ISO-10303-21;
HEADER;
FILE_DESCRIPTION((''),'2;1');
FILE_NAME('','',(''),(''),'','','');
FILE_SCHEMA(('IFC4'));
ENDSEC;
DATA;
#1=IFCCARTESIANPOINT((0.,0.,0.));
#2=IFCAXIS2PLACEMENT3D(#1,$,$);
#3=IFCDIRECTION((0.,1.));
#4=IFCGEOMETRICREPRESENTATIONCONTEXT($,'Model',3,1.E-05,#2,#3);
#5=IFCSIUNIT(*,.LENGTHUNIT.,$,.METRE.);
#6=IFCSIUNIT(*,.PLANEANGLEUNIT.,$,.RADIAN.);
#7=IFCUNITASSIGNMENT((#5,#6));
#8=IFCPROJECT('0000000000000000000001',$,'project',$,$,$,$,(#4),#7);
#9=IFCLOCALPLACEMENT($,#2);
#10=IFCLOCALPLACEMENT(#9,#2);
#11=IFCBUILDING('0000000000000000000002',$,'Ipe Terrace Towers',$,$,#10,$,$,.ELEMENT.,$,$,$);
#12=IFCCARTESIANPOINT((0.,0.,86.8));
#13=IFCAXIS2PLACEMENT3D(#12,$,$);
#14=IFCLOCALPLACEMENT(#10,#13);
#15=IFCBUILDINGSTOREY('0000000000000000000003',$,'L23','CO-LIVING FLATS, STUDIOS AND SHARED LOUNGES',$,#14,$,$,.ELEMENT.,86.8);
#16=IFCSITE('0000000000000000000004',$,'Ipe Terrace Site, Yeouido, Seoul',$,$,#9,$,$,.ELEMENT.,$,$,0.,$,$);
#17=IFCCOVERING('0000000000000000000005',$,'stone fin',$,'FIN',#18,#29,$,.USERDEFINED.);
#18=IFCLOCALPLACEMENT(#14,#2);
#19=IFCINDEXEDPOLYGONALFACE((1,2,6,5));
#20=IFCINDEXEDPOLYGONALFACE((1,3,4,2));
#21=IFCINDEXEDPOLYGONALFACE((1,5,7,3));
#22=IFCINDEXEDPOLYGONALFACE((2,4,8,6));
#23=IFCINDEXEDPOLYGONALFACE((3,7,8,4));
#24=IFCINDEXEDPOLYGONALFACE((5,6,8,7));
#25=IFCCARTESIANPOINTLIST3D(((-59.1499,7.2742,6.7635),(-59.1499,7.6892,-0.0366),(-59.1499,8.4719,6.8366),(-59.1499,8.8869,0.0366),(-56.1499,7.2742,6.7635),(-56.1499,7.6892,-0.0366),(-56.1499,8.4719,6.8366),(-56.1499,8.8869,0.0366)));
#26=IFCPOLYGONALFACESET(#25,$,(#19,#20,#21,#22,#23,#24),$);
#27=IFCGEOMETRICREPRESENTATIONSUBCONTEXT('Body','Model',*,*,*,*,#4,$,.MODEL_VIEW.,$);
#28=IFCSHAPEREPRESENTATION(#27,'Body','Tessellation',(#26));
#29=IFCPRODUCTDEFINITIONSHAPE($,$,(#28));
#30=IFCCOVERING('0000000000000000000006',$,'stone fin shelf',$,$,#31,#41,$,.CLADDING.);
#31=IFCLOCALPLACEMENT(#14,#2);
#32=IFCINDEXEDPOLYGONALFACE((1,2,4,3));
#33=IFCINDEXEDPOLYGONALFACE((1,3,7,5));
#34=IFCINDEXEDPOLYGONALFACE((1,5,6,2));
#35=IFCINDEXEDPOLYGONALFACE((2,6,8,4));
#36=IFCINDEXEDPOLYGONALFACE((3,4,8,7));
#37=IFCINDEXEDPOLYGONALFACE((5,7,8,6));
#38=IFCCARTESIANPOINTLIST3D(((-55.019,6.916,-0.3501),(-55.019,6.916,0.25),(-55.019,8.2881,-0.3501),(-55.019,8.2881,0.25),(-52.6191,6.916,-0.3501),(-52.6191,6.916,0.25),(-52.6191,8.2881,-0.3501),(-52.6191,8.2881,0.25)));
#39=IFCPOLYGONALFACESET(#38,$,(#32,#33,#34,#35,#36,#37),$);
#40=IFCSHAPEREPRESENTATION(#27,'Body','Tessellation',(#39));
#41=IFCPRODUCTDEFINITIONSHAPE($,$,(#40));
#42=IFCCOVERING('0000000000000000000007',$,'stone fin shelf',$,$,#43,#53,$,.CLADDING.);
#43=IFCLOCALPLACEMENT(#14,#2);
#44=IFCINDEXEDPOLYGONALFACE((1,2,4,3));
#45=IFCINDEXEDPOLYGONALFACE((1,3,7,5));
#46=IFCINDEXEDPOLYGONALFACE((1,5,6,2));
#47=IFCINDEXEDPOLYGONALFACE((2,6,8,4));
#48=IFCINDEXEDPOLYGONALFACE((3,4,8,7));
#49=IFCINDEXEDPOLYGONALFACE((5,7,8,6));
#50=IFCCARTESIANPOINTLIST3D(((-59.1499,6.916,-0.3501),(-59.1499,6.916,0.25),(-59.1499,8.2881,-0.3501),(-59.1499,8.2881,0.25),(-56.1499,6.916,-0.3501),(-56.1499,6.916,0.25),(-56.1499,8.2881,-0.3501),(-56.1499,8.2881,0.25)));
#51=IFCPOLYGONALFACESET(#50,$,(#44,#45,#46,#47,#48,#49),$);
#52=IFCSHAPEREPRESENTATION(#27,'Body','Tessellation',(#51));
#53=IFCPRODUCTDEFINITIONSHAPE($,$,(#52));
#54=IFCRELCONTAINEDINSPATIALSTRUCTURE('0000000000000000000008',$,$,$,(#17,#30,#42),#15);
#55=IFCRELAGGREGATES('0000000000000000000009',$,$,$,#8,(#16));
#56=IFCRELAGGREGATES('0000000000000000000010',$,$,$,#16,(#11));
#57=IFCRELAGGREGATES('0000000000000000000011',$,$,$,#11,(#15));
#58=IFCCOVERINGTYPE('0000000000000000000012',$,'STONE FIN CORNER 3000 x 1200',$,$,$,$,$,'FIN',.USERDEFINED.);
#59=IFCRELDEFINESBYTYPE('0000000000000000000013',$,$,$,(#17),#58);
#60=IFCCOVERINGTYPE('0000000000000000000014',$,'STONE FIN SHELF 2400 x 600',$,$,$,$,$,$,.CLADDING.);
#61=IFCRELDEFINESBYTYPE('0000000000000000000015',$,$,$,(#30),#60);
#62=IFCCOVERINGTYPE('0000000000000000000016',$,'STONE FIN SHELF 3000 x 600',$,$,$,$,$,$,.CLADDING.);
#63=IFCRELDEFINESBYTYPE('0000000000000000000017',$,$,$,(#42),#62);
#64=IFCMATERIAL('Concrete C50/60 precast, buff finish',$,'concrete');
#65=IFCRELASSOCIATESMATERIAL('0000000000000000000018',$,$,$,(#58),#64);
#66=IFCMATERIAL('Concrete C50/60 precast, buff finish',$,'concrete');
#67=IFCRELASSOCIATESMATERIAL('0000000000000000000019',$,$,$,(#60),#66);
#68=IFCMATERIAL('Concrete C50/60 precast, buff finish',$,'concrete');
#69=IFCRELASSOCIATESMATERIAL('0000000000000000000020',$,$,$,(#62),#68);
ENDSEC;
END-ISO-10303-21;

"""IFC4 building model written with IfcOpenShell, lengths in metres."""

from ifc_helpers import new_model, si_unit, direction, frame, origin, origin_2d, place, context, subcontext, project, spatial, rectangle, extrude, material, material_profile, profile_set, type_object, element, save


model = new_model("IFC4")

# Units and contexts
model_context = context("Model", 3, precision=1e-05, world=origin(), true_north=direction((0.0, 1.0)))
body_context = subcontext(model_context, "Body", "Model", "MODEL_VIEW")
ifc_project = project(units=[si_unit("LENGTHUNIT", "METRE"), si_unit("PLANEANGLEUNIT", "RADIAN")], contexts=[model_context])

# Site, building, storey
site_placement = place(None, origin())
site = spatial("IfcSite", under=ifc_project, at=site_placement, Name="Ipe Terrace Site, Yeouido, Seoul", CompositionType="ELEMENT", RefElevation=0.0)
building_placement = place(site_placement, origin())
building = spatial("IfcBuilding", under=site, at=building_placement, Name="Ipe Terrace Towers", CompositionType="ELEMENT")
storey_placement = place(building_placement, frame((0.0, 0.0, 86.8)))
storey = spatial("IfcBuildingStorey", under=building, at=storey_placement, Name="L23", Description="CO-LIVING FLATS, STUDIOS AND SHARED LOUNGES", CompositionType="ELEMENT", Elevation=86.8)

# Coverings
ifc_material_1 = material(Name="Concrete C50/60 precast, buff finish", Category="concrete")
ifc_material_profile_1 = material_profile(ifc_material_1, rectangle(XDim=3.0, YDim=1.2, at=origin_2d()), Name="STONE FIN CORNER 3000 x 1200")
ifc_profile_set_1 = profile_set([ifc_material_profile_1], Name="Concrete C50/60 precast, buff finish")
covering_type_1 = type_object("IfcCoveringType", Name="STONE FIN CORNER 3000 x 1200", ElementType="FIN", PredefinedType="USERDEFINED", material=ifc_profile_set_1)
covering_1_placement = place(storey_placement, frame((-57.6499, 8.2881, 0.0), z_axis=(0.0, -0.060921, 0.998143), x_axis=(-1.0, 0.0, 0.0)))
element("IfcCovering", 1, at=covering_1_placement, inside=storey, type_object=covering_type_1, Name="stone fin", ObjectType="FIN", PredefinedType="USERDEFINED", context=body_context, shape_type="SweptSolid", body=[
    extrude(rectangle(XDim=3.0, YDim=1.2, at=origin_2d()), origin(), (0.0, 0.0, 1.0), 6.8127),
])
ifc_material_2 = material(Name="Concrete C50/60 precast, buff finish", Category="concrete")
covering_type_2 = type_object("IfcCoveringType", Name="STONE FIN SHELF 2400 x 600", PredefinedType="CLADDING", material=ifc_material_2)
covering_2_placement = place(storey_placement, frame((-53.8191, 7.6021, -0.3501), z_axis=(0.0, 0.0, 1.0), x_axis=(-1.0, 0.0, 0.0)))
element("IfcCovering", 2, at=covering_2_placement, inside=storey, type_object=covering_type_2, Name="stone fin shelf", PredefinedType="CLADDING", context=body_context, shape_type="SweptSolid", body=[
    extrude(rectangle(XDim=2.3999, YDim=1.3721, at=origin_2d()), origin(), (0.0, 0.0, 1.0), 0.6001),
])
ifc_material_3 = material(Name="Concrete C50/60 precast, buff finish", Category="concrete")
covering_type_3 = type_object("IfcCoveringType", Name="STONE FIN SHELF 3000 x 600", PredefinedType="CLADDING", material=ifc_material_3)
covering_3_placement = place(storey_placement, frame((-57.6499, 7.6021, -0.3501), z_axis=(0.0, 0.0, 1.0), x_axis=(-1.0, 0.0, 0.0)))
element("IfcCovering", 3, at=covering_3_placement, inside=storey, type_object=covering_type_3, Name="stone fin shelf", PredefinedType="CLADDING", context=body_context, shape_type="SweptSolid", body=[
    extrude(rectangle(XDim=3.0, YDim=1.3721, at=origin_2d()), origin(), (0.0, 0.0, 1.0), 0.6001),
])

save(model, "model.ifc")
